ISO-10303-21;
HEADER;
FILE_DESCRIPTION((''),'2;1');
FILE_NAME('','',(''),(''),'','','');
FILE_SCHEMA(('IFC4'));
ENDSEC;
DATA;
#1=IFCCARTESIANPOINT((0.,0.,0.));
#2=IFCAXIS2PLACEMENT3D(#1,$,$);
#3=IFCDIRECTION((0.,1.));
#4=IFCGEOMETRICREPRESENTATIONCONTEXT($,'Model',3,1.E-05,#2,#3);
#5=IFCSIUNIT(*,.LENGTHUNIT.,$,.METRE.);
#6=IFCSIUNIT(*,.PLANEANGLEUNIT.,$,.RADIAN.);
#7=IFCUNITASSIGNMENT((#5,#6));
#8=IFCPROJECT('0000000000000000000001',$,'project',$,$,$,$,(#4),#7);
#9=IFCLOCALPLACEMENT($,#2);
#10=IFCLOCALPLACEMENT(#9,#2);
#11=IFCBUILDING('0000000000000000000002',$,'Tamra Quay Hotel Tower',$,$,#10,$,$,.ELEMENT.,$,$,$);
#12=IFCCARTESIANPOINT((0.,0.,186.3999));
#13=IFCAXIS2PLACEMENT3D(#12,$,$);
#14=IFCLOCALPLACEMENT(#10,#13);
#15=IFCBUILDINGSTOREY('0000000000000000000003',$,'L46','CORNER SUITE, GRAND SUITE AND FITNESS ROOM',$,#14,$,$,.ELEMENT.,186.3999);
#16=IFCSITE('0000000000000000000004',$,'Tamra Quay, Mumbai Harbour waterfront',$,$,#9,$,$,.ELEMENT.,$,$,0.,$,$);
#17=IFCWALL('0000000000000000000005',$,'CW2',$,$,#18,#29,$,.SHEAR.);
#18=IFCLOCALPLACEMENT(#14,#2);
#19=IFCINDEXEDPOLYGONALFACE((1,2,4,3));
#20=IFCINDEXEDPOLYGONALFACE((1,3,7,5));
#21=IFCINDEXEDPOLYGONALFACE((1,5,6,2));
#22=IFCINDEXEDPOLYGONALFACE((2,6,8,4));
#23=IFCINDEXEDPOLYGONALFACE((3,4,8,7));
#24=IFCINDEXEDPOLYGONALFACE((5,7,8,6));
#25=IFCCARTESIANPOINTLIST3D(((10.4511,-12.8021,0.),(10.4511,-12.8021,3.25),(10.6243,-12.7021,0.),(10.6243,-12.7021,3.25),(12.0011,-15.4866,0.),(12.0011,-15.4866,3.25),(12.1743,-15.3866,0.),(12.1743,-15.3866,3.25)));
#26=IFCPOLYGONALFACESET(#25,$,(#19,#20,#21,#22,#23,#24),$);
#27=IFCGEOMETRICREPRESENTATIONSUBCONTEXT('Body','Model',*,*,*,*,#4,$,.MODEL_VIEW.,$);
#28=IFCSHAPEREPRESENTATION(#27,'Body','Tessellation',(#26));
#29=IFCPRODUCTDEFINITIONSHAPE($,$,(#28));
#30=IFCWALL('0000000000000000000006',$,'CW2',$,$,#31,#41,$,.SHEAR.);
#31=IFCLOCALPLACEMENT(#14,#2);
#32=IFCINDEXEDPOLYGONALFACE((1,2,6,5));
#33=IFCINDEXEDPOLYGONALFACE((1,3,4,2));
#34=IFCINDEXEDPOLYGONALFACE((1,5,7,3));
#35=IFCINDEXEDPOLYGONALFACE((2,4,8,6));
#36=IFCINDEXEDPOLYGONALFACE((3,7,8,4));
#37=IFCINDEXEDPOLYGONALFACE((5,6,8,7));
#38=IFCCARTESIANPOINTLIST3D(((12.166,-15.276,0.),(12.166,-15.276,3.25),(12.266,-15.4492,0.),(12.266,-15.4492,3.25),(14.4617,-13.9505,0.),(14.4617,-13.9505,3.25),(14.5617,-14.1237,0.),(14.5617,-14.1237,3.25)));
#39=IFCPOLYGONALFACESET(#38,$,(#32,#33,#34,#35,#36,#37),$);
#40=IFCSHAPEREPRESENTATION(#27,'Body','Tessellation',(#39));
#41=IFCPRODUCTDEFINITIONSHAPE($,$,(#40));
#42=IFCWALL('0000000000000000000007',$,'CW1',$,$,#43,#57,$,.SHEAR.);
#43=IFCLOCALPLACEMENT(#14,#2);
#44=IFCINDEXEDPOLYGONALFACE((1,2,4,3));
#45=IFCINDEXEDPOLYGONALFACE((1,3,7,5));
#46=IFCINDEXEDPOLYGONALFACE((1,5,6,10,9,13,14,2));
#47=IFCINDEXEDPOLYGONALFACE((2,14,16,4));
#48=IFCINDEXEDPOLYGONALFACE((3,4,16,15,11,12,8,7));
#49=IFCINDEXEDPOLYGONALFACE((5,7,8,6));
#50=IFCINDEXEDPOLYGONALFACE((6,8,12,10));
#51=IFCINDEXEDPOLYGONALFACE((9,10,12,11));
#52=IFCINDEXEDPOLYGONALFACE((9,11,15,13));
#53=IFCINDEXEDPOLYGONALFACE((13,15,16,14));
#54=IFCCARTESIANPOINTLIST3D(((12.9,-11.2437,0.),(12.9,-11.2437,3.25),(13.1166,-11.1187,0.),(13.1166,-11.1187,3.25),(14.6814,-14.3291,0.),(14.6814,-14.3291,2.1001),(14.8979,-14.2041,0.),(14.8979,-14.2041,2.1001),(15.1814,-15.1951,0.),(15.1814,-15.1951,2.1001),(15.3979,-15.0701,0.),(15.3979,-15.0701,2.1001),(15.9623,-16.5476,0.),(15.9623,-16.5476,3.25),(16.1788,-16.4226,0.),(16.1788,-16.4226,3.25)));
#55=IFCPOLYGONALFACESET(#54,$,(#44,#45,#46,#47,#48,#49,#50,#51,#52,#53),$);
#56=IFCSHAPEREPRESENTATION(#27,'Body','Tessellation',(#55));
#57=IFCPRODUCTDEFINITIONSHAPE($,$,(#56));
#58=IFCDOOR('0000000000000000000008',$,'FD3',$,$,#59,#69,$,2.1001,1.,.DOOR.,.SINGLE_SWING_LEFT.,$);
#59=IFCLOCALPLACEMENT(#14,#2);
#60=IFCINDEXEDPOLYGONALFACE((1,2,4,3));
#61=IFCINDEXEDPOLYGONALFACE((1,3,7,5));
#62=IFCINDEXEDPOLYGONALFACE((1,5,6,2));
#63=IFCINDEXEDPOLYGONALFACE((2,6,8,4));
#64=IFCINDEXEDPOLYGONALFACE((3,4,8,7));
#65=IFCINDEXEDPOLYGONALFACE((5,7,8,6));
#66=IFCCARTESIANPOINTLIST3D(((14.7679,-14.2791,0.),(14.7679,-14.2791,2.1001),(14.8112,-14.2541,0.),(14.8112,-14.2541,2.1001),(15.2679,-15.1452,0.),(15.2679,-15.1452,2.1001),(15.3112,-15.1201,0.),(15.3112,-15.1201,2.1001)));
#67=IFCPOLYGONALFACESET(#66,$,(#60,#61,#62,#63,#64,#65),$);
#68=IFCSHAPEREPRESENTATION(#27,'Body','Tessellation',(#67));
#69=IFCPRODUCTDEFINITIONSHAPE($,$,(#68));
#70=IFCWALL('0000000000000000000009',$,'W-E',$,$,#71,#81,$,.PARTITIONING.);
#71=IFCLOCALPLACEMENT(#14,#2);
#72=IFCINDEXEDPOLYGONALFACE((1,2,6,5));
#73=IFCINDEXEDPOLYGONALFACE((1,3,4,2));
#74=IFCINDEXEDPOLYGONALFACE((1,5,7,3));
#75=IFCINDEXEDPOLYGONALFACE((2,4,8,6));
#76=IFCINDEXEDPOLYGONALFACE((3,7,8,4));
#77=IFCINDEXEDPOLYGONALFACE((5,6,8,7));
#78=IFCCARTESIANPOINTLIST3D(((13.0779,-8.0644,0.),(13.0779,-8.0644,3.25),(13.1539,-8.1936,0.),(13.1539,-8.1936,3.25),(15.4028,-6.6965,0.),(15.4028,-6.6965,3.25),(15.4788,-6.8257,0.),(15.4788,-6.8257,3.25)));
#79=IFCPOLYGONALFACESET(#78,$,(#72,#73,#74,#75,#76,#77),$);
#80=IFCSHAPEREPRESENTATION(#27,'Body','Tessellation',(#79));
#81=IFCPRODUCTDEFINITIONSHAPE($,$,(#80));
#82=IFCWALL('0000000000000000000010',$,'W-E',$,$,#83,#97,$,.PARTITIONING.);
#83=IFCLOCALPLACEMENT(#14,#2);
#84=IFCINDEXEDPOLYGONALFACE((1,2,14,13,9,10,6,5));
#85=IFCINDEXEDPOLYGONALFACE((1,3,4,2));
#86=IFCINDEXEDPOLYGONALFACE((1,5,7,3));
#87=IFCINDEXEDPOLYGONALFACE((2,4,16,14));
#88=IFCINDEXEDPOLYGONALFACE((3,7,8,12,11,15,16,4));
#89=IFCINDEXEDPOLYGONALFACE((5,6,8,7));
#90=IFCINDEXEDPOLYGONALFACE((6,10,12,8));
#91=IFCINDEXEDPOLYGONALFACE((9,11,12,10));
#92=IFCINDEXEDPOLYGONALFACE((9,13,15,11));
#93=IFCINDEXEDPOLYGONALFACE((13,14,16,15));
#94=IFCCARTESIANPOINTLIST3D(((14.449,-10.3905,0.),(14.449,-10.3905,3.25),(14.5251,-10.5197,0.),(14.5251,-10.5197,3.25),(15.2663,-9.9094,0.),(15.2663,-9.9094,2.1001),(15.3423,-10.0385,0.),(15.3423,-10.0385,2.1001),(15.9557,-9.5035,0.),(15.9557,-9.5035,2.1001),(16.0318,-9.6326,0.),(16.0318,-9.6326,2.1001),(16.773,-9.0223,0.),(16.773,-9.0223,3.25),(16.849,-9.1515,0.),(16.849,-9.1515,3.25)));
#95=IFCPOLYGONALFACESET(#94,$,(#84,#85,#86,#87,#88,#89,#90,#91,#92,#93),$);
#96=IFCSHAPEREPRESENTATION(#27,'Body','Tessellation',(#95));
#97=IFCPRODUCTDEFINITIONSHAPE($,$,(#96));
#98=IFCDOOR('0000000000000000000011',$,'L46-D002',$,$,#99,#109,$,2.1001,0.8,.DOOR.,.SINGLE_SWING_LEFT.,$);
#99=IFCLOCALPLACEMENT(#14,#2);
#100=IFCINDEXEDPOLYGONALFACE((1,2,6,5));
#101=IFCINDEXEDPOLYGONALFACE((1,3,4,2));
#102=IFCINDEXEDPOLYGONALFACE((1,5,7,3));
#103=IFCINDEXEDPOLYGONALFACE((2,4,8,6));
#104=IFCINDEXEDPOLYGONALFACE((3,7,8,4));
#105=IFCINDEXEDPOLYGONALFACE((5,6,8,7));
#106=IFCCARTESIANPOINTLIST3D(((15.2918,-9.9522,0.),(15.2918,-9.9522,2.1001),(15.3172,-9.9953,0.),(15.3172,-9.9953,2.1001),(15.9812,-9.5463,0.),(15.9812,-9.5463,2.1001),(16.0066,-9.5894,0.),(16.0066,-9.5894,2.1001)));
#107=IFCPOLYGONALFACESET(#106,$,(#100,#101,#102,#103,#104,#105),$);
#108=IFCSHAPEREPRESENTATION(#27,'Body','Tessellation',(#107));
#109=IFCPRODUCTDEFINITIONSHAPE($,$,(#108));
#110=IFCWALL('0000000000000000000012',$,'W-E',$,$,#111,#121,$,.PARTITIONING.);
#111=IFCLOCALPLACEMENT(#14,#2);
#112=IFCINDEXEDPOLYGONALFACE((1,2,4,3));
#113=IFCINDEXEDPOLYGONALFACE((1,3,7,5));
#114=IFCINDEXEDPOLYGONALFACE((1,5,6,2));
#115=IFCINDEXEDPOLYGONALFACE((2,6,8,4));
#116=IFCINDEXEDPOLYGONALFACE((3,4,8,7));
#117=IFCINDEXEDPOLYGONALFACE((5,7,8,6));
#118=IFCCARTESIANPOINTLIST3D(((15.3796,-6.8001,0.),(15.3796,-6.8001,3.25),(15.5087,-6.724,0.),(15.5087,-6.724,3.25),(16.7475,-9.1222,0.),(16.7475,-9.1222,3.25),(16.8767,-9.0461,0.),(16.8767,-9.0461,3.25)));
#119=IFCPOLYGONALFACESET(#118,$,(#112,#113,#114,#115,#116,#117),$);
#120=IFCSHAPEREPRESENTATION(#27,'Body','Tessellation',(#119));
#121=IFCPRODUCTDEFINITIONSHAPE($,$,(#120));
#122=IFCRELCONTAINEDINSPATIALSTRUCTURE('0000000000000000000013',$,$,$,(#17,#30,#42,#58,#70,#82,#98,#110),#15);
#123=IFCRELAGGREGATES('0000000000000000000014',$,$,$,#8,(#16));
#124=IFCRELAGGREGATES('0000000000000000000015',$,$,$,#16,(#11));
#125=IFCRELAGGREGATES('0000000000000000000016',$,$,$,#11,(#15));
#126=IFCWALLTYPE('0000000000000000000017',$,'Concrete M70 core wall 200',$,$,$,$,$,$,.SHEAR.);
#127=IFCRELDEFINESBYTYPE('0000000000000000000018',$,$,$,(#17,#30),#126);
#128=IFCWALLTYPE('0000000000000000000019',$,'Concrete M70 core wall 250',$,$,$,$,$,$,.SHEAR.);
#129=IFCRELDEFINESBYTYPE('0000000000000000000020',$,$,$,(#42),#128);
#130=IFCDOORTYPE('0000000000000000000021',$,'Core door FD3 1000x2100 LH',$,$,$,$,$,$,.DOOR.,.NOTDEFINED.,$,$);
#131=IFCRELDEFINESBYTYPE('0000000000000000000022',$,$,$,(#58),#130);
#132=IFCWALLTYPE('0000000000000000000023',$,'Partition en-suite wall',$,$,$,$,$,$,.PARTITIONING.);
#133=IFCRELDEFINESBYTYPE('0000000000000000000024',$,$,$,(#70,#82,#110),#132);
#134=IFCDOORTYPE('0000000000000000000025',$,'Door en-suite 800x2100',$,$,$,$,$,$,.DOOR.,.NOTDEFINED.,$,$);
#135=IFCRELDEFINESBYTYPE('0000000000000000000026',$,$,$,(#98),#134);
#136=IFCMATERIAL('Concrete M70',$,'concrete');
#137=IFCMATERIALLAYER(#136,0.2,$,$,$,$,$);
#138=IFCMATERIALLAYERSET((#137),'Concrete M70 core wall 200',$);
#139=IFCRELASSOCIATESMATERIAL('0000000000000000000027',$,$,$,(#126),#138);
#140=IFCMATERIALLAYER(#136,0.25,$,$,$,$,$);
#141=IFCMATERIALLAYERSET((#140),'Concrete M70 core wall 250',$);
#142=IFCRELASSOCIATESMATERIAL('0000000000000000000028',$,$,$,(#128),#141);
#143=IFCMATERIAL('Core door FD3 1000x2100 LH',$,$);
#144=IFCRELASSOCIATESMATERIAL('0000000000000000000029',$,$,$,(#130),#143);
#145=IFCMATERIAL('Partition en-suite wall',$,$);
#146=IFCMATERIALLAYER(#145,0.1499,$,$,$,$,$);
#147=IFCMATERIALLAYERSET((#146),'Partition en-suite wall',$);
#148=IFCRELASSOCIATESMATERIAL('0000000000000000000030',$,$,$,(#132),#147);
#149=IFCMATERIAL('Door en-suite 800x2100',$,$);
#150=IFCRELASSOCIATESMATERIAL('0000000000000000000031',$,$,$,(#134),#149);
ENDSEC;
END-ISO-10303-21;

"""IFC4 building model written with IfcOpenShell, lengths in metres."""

from ifc_helpers import new_model, si_unit, direction, frame, frame_2d, origin, place, context, subcontext, project, spatial, rectangle, extrude, material, layer, layer_set, type_object, element, fill, save


model = new_model("IFC4")

# Units and contexts
model_context = context("Model", 3, precision=1e-05, world=origin(), true_north=direction((0.0, 1.0)))
body_context = subcontext(model_context, "Body", "Model", "MODEL_VIEW")
ifc_project = project(units=[si_unit("LENGTHUNIT", "METRE"), si_unit("PLANEANGLEUNIT", "RADIAN")], contexts=[model_context])

# Site, building, storey
site_placement = place(None, origin())
site = spatial("IfcSite", under=ifc_project, at=site_placement, Name="Tamra Quay, Mumbai Harbour waterfront", CompositionType="ELEMENT", RefElevation=0.0)
building_placement = place(site_placement, origin())
building = spatial("IfcBuilding", under=site, at=building_placement, Name="Tamra Quay Hotel Tower", CompositionType="ELEMENT")
storey_placement = place(building_placement, frame((0.0, 0.0, 186.3999)))
storey = spatial("IfcBuildingStorey", under=building, at=storey_placement, Name="L46", Description="CORNER SUITE, GRAND SUITE AND FITNESS ROOM", CompositionType="ELEMENT", Elevation=186.3999)

# Shared definitions
ifc_material_1 = material(Name="Concrete M70", Category="concrete")

# Walls
ifc_layer_1 = layer(ifc_material_1, 0.2)
ifc_layer_set_1 = layer_set([ifc_layer_1], Name="Concrete M70 core wall 200")
wall_type_1 = type_object("IfcWallType", Name="Concrete M70 core wall 200", PredefinedType="SHEAR", material=ifc_layer_set_1)
wall_1_placement = place(storey_placement, frame((12.0876, -15.4365, 0.0), z_axis=(0.0, 0.0, 1.0), x_axis=(-0.500027, 0.86601, 0.0)))
element("IfcWall", 1, at=wall_1_placement, inside=storey, type_object=wall_type_1, Name="CW2", PredefinedType="SHEAR", context=body_context, shape_type="SweptSolid", body=[
    extrude(rectangle(XDim=3.0999, YDim=0.2, at=frame_2d((1.5498, 0.0))), origin(), (0.0, 0.0, 1.0), 3.25),
])
wall_2_placement = place(storey_placement, frame((14.5117, -14.0371, 0.0), z_axis=(0.0, 0.0, 1.0), x_axis=(-0.866018, -0.500012, 0.0)))
element("IfcWall", 2, at=wall_2_placement, inside=storey, type_object=wall_type_1, Name="CW2", PredefinedType="SHEAR", context=body_context, shape_type="SweptSolid", body=[
    extrude(rectangle(XDim=2.6509, YDim=0.2, at=frame_2d((1.3254, 0.0))), origin(), (0.0, 0.0, 1.0), 3.25),
])

# Wall, opening, door
ifc_layer_2 = layer(ifc_material_1, 0.25)
ifc_layer_set_2 = layer_set([ifc_layer_2], Name="Concrete M70 core wall 250")
wall_type_2 = type_object("IfcWallType", Name="Concrete M70 core wall 250", PredefinedType="SHEAR", material=ifc_layer_set_2)
wall_3_placement = place(storey_placement, frame((13.0083, -11.1812, 0.0), z_axis=(0.0, 0.0, 1.0), x_axis=(0.500002, -0.866024, 0.0)))
wall_3 = element("IfcWall", 3, at=wall_3_placement, inside=storey, type_object=wall_type_2, Name="CW1", PredefinedType="SHEAR", context=body_context, shape_type="SweptSolid", body=[
    extrude(rectangle(XDim=6.1245, YDim=0.25, at=frame_2d((3.0623, 0.0))), origin(), (0.0, 0.0, 1.0), 3.25),
])
opening_1_placement = place(wall_3_placement, frame((3.5627, 0.0, 0.0)))
opening_1 = element("IfcOpeningElement", 4, at=opening_1_placement, cuts=wall_3, PredefinedType="OPENING", context=body_context, shape_type="SweptSolid", body=[
    extrude(rectangle(XDim=1.0, YDim=2.1001, at=frame_2d((0.5, 1.05))), frame((0.0, 0.135, 0.0), z_axis=(0.0, -1.0, 0.0), x_axis=(1.0, 0.0, 0.0)), (0.0, 0.0, 1.0), 0.27),
])
ifc_material_2 = material(Name="Core door FD3 1000x2100 LH")
door_type_1 = type_object("IfcDoorType", Name="Core door FD3 1000x2100 LH", OperationType="NOTDEFINED", PredefinedType="DOOR", material=ifc_material_2)
door_1_placement = place(opening_1_placement, origin())
door_1 = element("IfcDoor", 5, at=door_1_placement, inside=storey, type_object=door_type_1, Name="FD3", OperationType="SINGLE_SWING_LEFT", OverallHeight=2.1001, OverallWidth=1.0, PredefinedType="DOOR", context=body_context, shape_type="SweptSolid", body=[
    extrude(rectangle(XDim=1.0, YDim=2.1001, at=frame_2d((0.5, 1.05))), frame((0.0, 0.0249, 0.0), z_axis=(0.0, -1.0, 0.0), x_axis=(1.0, 0.0, 0.0)), (0.0, 0.0, 1.0), 0.05),
])
fill(opening_1, door_1)

# Wall
ifc_material_3 = material(Name="Partition en-suite wall")
ifc_layer_3 = layer(ifc_material_3, 0.1499)
ifc_layer_set_3 = layer_set([ifc_layer_3], Name="Partition en-suite wall")
wall_type_3 = type_object("IfcWallType", Name="Partition en-suite wall", PredefinedType="PARTITIONING", material=ifc_layer_set_3)
wall_4_placement = place(storey_placement, frame((13.116, -8.1289, 0.0), z_axis=(0.0, 0.0, 1.0), x_axis=(0.861885, 0.507103, 0.0)))
element("IfcWall", 6, at=wall_4_placement, inside=storey, type_object=wall_type_3, Name="W-E", PredefinedType="PARTITIONING", context=body_context, shape_type="SweptSolid", body=[
    extrude(rectangle(XDim=2.6975, YDim=0.1499, at=frame_2d((1.3486, 0.0))), origin(), (0.0, 0.0, 1.0), 3.25),
])

# Wall, opening, door
wall_5_placement = place(storey_placement, frame((14.4871, -10.4551, 0.0), z_axis=(0.0, 0.0, 1.0), x_axis=(0.861753, 0.507329, 0.0)))
wall_5 = element("IfcWall", 7, at=wall_5_placement, inside=storey, type_object=wall_type_3, Name="W-E", PredefinedType="PARTITIONING", context=body_context, shape_type="SweptSolid", body=[
    extrude(rectangle(XDim=2.6968, YDim=0.1499, at=frame_2d((1.3484, 0.0))), origin(), (0.0, 0.0, 1.0), 3.25),
])
opening_2_placement = place(wall_5_placement, frame((0.9485, 0.0, 0.0)))
opening_2 = element("IfcOpeningElement", 8, at=opening_2_placement, cuts=wall_5, PredefinedType="OPENING", context=body_context, shape_type="SweptSolid", body=[
    extrude(rectangle(XDim=0.8, YDim=2.1001, at=frame_2d((0.3999, 1.05))), frame((0.0, 0.085, 0.0), z_axis=(0.0, -1.0, 0.0), x_axis=(1.0, 0.0, 0.0)), (0.0, 0.0, 1.0), 0.1699),
])
ifc_material_4 = material(Name="Door en-suite 800x2100")
door_type_2 = type_object("IfcDoorType", Name="Door en-suite 800x2100", OperationType="NOTDEFINED", PredefinedType="DOOR", material=ifc_material_4)
door_2_placement = place(opening_2_placement, frame((0.8, 0.0, 0.0), z_axis=(0.0, 0.0, 1.0), x_axis=(-1.0, 0.0, 0.0)))
door_2 = element("IfcDoor", 9, at=door_2_placement, inside=storey, type_object=door_type_2, Name="L46-D002", OperationType="SINGLE_SWING_LEFT", OverallHeight=2.1001, OverallWidth=0.8, PredefinedType="DOOR", context=body_context, shape_type="SweptSolid", body=[
    extrude(rectangle(XDim=0.8, YDim=2.1001, at=frame_2d((0.3999, 1.05))), frame((0.0, 0.0249, 0.0), z_axis=(0.0, -1.0, 0.0), x_axis=(1.0, 0.0, 0.0)), (0.0, 0.0, 1.0), 0.05),
])
fill(opening_2, door_2)

# Wall
wall_6_placement = place(storey_placement, frame((15.4441, -6.762, 0.0), z_axis=(0.0, 0.0, 1.0), x_axis=(0.507578, -0.861606, 0.0)))
element("IfcWall", 10, at=wall_6_placement, inside=storey, type_object=wall_type_3, Name="W-E", PredefinedType="PARTITIONING", context=body_context, shape_type="SweptSolid", body=[
    extrude(rectangle(XDim=2.6951, YDim=0.1499, at=frame_2d((1.3477, 0.0))), origin(), (0.0, 0.0, 1.0), 3.25),
])

save(model, "model.ifc")
